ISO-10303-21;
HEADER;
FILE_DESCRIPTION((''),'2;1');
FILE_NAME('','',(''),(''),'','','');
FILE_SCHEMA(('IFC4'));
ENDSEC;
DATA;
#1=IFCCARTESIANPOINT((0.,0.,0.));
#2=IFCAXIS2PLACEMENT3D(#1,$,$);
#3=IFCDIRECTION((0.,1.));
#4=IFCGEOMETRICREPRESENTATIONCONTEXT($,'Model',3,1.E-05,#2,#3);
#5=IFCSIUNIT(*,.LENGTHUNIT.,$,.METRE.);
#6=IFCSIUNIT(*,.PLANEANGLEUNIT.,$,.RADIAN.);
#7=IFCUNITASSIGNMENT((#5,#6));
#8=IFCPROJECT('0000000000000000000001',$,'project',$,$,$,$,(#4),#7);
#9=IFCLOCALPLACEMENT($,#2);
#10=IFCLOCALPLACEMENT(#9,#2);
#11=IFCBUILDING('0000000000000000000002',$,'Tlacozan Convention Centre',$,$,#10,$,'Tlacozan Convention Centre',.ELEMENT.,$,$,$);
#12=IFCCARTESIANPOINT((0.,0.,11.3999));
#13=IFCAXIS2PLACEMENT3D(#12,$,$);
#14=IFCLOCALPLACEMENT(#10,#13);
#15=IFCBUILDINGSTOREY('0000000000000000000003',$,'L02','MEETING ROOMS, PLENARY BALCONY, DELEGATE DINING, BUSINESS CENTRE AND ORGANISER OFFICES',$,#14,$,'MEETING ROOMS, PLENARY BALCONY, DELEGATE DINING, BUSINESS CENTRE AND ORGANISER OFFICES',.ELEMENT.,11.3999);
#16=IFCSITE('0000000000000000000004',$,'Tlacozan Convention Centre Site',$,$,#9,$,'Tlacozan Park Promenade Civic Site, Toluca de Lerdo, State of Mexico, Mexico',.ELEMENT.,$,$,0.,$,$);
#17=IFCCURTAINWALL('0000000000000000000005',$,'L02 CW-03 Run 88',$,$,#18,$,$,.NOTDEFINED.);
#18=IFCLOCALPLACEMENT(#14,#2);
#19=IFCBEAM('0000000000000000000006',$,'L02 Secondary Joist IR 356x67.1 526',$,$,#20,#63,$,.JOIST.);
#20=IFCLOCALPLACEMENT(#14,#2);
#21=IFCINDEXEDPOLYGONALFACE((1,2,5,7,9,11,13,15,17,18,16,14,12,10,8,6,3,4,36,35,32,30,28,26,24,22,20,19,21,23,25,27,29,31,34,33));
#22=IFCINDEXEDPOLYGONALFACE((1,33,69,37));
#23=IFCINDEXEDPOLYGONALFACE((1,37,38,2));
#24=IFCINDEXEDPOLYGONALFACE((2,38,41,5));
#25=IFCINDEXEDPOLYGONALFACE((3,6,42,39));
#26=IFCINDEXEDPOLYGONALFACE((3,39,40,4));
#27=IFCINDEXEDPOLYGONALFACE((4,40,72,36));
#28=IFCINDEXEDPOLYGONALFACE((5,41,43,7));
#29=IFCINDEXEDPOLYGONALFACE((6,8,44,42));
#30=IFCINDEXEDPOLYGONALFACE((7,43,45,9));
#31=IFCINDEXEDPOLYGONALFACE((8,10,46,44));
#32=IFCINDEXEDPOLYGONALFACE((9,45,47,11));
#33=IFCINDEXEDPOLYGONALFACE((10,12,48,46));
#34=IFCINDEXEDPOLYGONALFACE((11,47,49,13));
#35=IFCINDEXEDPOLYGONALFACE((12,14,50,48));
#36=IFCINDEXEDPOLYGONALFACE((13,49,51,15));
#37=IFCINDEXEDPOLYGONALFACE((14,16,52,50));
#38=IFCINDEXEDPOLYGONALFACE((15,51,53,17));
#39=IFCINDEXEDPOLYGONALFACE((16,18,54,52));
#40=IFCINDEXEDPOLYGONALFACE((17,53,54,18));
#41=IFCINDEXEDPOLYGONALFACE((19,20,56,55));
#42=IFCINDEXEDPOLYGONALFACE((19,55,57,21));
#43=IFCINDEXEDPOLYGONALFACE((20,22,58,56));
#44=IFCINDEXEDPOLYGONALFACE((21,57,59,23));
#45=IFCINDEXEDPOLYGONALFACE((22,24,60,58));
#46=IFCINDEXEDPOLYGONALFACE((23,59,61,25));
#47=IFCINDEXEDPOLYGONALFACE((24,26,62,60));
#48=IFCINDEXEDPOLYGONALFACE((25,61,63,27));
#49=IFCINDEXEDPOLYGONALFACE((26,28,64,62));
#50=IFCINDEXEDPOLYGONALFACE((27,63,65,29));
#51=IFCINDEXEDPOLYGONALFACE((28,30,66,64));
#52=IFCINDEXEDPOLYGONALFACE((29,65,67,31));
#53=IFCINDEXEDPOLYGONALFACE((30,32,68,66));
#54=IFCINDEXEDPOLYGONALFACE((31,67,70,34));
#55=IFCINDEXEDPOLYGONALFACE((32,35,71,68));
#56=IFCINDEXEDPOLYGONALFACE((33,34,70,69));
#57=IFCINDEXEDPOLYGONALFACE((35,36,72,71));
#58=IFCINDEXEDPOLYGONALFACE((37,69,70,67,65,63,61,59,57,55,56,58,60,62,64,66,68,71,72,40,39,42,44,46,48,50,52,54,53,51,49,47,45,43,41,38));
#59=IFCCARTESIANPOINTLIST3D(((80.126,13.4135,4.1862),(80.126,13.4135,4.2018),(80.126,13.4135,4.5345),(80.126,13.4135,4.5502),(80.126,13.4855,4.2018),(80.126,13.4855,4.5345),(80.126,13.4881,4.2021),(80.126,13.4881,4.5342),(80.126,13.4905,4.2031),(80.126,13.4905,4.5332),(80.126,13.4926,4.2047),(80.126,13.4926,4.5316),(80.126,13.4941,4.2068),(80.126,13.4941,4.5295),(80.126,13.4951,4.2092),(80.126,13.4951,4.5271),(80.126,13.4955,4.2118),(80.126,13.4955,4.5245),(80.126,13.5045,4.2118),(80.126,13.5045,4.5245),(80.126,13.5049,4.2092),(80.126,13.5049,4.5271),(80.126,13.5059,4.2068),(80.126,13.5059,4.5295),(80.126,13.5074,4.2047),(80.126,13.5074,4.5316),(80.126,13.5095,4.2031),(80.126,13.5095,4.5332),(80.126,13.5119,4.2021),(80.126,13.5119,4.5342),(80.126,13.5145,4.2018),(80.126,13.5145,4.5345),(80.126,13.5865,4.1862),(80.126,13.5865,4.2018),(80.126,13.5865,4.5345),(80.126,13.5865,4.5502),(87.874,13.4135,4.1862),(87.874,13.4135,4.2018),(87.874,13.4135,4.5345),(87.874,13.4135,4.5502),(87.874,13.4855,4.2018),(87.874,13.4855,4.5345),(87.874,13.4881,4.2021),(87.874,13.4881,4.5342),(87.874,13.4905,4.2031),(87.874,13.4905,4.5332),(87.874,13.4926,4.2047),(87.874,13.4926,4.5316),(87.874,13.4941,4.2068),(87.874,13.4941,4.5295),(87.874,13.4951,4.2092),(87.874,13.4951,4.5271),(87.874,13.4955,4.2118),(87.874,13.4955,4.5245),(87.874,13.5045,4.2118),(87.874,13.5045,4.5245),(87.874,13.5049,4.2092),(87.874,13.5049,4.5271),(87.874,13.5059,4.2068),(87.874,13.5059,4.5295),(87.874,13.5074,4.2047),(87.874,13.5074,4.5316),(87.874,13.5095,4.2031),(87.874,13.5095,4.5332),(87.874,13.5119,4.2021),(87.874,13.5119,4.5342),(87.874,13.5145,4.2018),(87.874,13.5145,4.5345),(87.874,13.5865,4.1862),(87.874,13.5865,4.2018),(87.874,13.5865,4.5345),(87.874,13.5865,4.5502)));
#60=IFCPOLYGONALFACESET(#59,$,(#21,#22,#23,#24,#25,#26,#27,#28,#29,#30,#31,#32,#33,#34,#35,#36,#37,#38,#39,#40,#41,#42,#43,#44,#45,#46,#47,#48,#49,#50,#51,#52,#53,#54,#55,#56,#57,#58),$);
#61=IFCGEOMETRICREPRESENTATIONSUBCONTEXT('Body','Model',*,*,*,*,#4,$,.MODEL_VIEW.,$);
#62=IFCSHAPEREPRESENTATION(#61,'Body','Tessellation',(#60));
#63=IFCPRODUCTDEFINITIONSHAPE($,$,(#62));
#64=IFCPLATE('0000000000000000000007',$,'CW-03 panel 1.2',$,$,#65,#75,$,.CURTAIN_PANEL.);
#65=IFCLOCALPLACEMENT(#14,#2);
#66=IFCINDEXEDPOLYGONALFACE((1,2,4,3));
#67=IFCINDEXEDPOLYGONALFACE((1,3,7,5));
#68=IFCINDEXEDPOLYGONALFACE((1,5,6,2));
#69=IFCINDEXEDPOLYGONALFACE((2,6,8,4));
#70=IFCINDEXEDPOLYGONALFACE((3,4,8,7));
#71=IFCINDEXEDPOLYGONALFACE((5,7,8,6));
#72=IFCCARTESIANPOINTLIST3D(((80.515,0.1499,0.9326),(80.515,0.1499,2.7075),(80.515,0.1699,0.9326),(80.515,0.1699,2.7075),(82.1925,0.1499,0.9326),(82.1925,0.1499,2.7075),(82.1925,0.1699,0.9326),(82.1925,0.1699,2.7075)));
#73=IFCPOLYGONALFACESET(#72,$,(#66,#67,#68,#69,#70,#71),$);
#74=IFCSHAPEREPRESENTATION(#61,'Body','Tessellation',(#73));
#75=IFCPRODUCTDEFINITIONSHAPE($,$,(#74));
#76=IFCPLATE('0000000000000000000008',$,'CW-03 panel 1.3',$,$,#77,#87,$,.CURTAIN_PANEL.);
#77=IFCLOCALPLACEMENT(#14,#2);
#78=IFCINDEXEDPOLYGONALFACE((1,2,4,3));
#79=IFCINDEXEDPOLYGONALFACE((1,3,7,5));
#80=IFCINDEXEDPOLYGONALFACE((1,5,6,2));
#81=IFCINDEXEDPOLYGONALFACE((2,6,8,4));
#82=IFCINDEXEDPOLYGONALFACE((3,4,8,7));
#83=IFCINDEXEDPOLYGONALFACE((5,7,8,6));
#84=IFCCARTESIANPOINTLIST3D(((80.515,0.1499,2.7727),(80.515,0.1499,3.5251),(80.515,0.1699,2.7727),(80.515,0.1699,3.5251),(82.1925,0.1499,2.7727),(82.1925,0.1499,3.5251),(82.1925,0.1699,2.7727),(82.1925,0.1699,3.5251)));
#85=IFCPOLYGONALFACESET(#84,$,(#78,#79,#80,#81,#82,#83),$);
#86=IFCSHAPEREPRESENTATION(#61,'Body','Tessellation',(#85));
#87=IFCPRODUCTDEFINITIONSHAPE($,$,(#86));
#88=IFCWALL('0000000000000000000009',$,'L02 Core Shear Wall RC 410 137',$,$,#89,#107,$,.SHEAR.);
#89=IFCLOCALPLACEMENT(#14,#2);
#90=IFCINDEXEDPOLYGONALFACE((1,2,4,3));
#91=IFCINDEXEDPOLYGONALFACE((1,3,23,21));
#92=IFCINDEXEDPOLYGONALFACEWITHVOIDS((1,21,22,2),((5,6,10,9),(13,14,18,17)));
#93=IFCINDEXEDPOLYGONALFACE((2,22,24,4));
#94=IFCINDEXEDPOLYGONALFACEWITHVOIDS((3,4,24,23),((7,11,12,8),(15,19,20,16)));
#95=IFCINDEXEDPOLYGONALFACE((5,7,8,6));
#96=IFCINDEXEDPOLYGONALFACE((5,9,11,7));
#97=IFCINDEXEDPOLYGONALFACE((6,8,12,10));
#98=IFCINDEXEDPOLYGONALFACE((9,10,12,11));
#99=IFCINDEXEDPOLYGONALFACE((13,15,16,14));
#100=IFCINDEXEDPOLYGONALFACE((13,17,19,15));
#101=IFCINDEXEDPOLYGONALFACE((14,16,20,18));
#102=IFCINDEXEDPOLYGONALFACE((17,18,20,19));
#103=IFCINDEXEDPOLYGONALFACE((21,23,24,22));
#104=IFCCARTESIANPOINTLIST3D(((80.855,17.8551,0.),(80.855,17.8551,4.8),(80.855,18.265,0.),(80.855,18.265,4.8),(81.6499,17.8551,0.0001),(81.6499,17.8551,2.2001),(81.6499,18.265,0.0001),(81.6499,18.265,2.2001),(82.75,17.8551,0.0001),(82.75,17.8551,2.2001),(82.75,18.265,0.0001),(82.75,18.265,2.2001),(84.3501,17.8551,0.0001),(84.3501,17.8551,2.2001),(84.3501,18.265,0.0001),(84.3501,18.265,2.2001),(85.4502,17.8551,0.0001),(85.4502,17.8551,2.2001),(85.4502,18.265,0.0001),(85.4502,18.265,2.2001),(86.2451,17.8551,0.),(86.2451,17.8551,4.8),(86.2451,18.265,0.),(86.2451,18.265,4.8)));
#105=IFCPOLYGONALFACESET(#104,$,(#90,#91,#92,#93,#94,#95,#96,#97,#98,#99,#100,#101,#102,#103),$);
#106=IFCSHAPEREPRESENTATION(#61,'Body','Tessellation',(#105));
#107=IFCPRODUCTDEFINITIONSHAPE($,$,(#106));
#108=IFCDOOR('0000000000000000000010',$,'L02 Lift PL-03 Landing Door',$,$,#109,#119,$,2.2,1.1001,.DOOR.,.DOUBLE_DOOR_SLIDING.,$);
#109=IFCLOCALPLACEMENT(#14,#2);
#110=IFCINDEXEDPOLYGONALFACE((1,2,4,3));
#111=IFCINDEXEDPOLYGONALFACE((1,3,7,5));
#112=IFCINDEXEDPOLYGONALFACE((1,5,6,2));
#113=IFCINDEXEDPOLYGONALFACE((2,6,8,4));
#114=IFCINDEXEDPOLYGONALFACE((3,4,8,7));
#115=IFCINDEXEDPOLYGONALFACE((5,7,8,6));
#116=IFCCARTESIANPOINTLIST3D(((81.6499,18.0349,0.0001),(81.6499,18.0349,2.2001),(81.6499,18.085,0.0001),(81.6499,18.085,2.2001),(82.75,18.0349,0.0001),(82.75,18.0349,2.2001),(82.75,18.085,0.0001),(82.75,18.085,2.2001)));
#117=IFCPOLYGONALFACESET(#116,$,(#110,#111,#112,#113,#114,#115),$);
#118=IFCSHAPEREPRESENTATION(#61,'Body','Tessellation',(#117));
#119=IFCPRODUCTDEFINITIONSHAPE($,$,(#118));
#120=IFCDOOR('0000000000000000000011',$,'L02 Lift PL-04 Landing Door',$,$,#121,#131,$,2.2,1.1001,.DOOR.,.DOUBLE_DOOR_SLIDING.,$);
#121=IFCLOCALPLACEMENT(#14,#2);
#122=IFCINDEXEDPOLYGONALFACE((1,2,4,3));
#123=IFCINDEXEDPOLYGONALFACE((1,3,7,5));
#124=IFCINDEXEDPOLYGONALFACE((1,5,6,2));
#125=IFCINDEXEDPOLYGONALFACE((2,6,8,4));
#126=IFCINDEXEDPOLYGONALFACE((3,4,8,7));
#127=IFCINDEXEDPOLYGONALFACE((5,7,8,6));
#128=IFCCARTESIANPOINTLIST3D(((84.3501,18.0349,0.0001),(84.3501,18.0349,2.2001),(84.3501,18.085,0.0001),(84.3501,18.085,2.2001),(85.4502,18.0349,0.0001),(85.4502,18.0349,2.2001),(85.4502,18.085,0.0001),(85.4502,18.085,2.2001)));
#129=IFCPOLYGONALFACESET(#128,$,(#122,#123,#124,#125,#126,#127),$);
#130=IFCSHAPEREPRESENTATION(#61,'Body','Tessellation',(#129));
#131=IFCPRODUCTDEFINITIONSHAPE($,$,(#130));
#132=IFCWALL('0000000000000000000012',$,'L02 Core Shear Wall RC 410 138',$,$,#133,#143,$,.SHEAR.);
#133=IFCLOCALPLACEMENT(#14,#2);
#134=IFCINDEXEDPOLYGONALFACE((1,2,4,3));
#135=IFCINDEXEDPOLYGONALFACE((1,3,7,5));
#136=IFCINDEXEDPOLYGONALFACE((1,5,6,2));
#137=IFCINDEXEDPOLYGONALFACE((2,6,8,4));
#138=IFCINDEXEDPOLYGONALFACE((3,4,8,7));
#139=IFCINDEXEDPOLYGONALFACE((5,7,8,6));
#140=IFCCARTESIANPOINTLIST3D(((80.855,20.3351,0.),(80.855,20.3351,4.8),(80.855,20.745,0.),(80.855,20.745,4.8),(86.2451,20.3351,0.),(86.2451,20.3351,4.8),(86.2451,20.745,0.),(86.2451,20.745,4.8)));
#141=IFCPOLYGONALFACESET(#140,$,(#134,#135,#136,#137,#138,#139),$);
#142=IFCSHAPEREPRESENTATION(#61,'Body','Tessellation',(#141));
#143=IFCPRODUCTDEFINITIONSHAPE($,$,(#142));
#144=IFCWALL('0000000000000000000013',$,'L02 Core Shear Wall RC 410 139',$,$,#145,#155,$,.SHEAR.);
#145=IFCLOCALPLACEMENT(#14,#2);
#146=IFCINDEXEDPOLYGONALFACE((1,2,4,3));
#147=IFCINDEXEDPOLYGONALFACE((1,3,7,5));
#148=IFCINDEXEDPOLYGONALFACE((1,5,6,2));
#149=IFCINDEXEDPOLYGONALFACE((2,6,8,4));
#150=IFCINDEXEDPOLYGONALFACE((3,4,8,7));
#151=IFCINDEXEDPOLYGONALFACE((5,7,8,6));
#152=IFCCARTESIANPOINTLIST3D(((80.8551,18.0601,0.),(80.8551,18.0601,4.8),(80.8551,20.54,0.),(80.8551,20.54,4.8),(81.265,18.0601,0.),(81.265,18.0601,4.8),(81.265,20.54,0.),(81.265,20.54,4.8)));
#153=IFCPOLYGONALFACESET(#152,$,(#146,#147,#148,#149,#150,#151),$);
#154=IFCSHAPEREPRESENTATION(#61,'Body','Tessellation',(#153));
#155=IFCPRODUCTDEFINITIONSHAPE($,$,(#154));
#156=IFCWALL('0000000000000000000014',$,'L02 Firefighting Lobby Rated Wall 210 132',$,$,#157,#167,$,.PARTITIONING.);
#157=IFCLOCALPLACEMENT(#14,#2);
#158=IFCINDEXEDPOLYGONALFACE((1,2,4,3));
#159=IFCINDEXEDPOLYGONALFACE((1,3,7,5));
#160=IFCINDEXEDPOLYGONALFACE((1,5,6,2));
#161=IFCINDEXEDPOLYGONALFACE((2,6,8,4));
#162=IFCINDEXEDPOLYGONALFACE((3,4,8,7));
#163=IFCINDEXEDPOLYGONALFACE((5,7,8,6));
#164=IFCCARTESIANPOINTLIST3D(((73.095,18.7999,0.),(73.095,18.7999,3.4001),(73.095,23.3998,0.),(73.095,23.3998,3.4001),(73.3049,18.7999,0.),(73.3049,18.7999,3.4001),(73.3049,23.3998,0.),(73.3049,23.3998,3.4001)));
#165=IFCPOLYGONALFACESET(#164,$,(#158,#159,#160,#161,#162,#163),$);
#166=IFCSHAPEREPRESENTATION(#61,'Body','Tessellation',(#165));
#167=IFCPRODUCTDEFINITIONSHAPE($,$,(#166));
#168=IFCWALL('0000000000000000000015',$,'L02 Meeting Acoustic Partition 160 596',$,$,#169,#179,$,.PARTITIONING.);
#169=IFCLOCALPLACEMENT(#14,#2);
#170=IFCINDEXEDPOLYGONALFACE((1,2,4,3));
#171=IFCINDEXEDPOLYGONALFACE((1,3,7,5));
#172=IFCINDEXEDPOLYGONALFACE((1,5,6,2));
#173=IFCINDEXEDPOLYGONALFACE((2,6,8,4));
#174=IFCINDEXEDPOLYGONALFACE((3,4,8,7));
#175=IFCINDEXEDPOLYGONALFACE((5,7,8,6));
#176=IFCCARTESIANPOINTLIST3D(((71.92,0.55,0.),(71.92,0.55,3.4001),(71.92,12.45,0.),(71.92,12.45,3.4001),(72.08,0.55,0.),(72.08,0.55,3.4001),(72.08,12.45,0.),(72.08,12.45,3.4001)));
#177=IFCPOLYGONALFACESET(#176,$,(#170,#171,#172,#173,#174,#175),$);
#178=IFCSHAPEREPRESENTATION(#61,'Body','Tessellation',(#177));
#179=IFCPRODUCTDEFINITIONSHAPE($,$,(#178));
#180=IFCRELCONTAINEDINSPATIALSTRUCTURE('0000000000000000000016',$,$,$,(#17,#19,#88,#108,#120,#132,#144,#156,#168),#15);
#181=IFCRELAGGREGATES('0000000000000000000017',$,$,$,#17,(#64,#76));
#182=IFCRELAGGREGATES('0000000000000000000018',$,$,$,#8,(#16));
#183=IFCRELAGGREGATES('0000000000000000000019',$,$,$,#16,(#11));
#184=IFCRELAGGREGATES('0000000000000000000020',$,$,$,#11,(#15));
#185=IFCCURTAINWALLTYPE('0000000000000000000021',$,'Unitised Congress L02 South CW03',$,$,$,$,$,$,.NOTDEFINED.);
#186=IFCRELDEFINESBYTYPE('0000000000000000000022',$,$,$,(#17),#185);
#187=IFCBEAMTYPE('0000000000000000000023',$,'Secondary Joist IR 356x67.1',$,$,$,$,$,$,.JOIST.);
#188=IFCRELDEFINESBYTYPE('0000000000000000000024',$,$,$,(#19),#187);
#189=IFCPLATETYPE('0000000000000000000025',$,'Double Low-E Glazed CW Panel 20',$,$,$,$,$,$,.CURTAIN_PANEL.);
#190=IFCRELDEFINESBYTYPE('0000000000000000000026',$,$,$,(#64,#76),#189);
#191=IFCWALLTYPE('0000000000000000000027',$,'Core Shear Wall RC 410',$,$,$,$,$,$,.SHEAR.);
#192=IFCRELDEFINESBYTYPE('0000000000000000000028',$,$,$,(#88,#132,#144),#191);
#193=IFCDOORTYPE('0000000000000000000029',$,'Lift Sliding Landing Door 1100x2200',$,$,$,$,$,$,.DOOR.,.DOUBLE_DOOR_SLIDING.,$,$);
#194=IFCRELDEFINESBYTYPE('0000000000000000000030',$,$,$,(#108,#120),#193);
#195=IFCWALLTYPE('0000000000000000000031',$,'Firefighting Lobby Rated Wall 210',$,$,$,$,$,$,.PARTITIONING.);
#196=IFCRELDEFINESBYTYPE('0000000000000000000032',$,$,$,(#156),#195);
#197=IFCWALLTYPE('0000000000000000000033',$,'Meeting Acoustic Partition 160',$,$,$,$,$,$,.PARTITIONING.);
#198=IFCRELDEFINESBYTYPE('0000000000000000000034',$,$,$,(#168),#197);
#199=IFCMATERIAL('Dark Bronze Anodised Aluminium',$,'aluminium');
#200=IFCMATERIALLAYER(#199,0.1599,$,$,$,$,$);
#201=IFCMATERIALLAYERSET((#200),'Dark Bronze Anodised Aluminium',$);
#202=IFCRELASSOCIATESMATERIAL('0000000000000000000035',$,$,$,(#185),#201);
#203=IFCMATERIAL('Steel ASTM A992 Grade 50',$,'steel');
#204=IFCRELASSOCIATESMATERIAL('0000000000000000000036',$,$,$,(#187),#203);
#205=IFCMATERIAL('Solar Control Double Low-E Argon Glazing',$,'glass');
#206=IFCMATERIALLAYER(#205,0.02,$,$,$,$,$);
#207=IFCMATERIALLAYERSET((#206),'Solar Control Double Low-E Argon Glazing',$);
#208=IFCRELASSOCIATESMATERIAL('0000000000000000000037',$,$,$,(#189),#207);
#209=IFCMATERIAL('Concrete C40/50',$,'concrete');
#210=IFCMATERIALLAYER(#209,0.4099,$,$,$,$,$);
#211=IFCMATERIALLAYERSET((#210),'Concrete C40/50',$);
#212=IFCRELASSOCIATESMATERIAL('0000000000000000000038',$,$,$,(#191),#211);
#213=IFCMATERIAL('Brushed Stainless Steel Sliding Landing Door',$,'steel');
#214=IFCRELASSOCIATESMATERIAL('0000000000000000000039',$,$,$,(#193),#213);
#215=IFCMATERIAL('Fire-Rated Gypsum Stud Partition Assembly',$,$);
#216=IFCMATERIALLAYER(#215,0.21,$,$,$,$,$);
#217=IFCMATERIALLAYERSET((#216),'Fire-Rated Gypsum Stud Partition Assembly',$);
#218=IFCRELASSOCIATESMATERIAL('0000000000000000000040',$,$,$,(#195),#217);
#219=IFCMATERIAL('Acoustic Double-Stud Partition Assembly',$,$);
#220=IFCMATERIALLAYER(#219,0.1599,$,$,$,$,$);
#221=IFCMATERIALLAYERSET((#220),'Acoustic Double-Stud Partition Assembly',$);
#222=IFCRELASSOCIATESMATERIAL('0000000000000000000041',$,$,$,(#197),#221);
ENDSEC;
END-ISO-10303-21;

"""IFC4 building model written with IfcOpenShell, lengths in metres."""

from ifc_helpers import new_model, si_unit, direction, frame, frame_2d, origin, origin_2d, place, context, subcontext, project, spatial, rectangle, i_section, extrude, material, layer, layer_set, material_profile, profile_set, type_object, element, fill, aggregate, save


model = new_model("IFC4")

# Units and contexts
model_context = context("Model", 3, precision=1e-05, world=origin(), true_north=direction((0.0, 1.0)))
body_context = subcontext(model_context, "Body", "Model", "MODEL_VIEW")
ifc_project = project(units=[si_unit("LENGTHUNIT", "METRE"), si_unit("PLANEANGLEUNIT", "RADIAN")], contexts=[model_context])

# Site, building, storey
site_placement = place(None, origin())
site = spatial("IfcSite", under=ifc_project, at=site_placement, Name="Tlacozan Convention Centre Site", LongName="Tlacozan Park Promenade Civic Site, Toluca de Lerdo, State of Mexico, Mexico", CompositionType="ELEMENT", RefElevation=0.0)
building_placement = place(site_placement, origin())
building = spatial("IfcBuilding", under=site, at=building_placement, Name="Tlacozan Convention Centre", LongName="Tlacozan Convention Centre", CompositionType="ELEMENT")
storey_placement = place(building_placement, frame((0.0, 0.0, 11.3999)))
storey = spatial("IfcBuildingStorey", under=building, at=storey_placement, Name="L02", Description="MEETING ROOMS, PLENARY BALCONY, DELEGATE DINING, BUSINESS CENTRE AND ORGANISER OFFICES", LongName="MEETING ROOMS, PLENARY BALCONY, DELEGATE DINING, BUSINESS CENTRE AND ORGANISER OFFICES", CompositionType="ELEMENT", Elevation=11.3999)

# Shared definitions
ifc_material_1 = material(Name="Concrete C40/50", Category="concrete")

# Curtain wall
ifc_material_2 = material(Name="Dark Bronze Anodised Aluminium", Category="aluminium")
ifc_layer_1 = layer(ifc_material_2, 0.1599)
ifc_layer_set_1 = layer_set([ifc_layer_1], Name="Dark Bronze Anodised Aluminium")
curtain_wall_type = type_object("IfcCurtainWallType", Name="Unitised Congress L02 South CW03", PredefinedType="NOTDEFINED", material=ifc_layer_set_1)
curtain_wall_placement = place(storey_placement, origin())
curtain_wall = element("IfcCurtainWall", 1, at=curtain_wall_placement, inside=storey, type_object=curtain_wall_type, Name="L02 CW-03 Run 88", PredefinedType="NOTDEFINED")

# Beam
ifc_material_3 = material(Name="Steel ASTM A992 Grade 50", Category="steel")
ifc_material_profile_1 = material_profile(ifc_material_3, i_section(OverallWidth=0.1731, OverallDepth=0.364, WebThickness=0.009, FlangeThickness=0.0156, FilletRadius=0.01, at=origin_2d()), Name="IR 356x67.1")
ifc_profile_set_1 = profile_set([ifc_material_profile_1], Name="Steel ASTM A992 Grade 50")
beam_type_1 = type_object("IfcBeamType", Name="Secondary Joist IR 356x67.1", PredefinedType="JOIST", material=ifc_profile_set_1)
for number, where, z_axis, x_axis, name in (
    (2, (80.126, 13.5, 4.3682), (1.0, 0.0, 0.0), (0.0, 1.0, 0.0), "L02 Secondary Joist IR 356x67.1 526"),
):
    element("IfcBeam", number, at=place(storey_placement, frame(where, z_axis=z_axis, x_axis=x_axis)), inside=storey, type_object=beam_type_1, Name=name, PredefinedType="JOIST", context=body_context, shape_type="SweptSolid", body=[
        extrude(i_section(OverallWidth=0.1731, OverallDepth=0.364, WebThickness=0.009, FlangeThickness=0.0156, FilletRadius=0.01, at=origin_2d()), origin(), (0.0, 0.0, 1.0), 7.748),
    ])

# Plates
ifc_material_4 = material(Name="Solar Control Double Low-E Argon Glazing", Category="glass")
ifc_layer_2 = layer(ifc_material_4, 0.02)
ifc_layer_set_2 = layer_set([ifc_layer_2], Name="Solar Control Double Low-E Argon Glazing")
plate_type = type_object("IfcPlateType", Name="Double Low-E Glazed CW Panel 20", PredefinedType="CURTAIN_PANEL", material=ifc_layer_set_2)
plate_1_placement = place(storey_placement, frame((81.3538, 0.1599, 0.9326), z_axis=(0.0, 0.0, 1.0), x_axis=(1.0, 0.0, 0.0)))
plate_1 = element("IfcPlate", 3, at=plate_1_placement, type_object=plate_type, Name="CW-03 panel 1.2", PredefinedType="CURTAIN_PANEL", context=body_context, shape_type="SweptSolid", body=[
    extrude(rectangle(XDim=1.6775, YDim=0.02, at=origin_2d()), origin(), (0.0, 0.0, 1.0), 1.7749),
])
plate_2_placement = place(storey_placement, frame((81.3538, 0.1599, 2.7727), z_axis=(0.0, 0.0, 1.0), x_axis=(1.0, 0.0, 0.0)))
plate_2 = element("IfcPlate", 4, at=plate_2_placement, type_object=plate_type, Name="CW-03 panel 1.3", PredefinedType="CURTAIN_PANEL", context=body_context, shape_type="SweptSolid", body=[
    extrude(rectangle(XDim=1.6775, YDim=0.02, at=origin_2d()), origin(), (0.0, 0.0, 1.0), 0.7524),
])
aggregate(curtain_wall, [plate_1, plate_2])

# Wall, openings, doors
ifc_layer_3 = layer(ifc_material_1, 0.4099)
ifc_layer_set_3 = layer_set([ifc_layer_3], Name="Concrete C40/50")
wall_type_1 = type_object("IfcWallType", Name="Core Shear Wall RC 410", PredefinedType="SHEAR", material=ifc_layer_set_3)
wall_1_placement = place(storey_placement, frame((80.855, 18.0601, 0.0), z_axis=(0.0, 0.0, 1.0), x_axis=(1.0, 0.0, 0.0)))
wall_1 = element("IfcWall", 5, at=wall_1_placement, inside=storey, type_object=wall_type_1, Name="L02 Core Shear Wall RC 410 137", PredefinedType="SHEAR", context=body_context, shape_type="SweptSolid", body=[
    extrude(rectangle(XDim=5.3901, YDim=0.4099, at=frame_2d((2.6951, 0.0))), origin(), (0.0, 0.0, 1.0), 4.8),
])
opening_1_placement = place(wall_1_placement, frame((0.7949, 0.0, 0.0)))
opening_1 = element("IfcOpeningElement", 6, at=opening_1_placement, cuts=wall_1, PredefinedType="OPENING", context=body_context, shape_type="SweptSolid", body=[
    extrude(rectangle(XDim=1.1001, YDim=2.2, at=frame_2d((0.55, 1.1001))), frame((0.0, 0.2148, 0.0), z_axis=(0.0, -1.0, 0.0), x_axis=(1.0, 0.0, 0.0)), (0.0, 0.0, 1.0), 0.4299),
])
opening_2_placement = place(wall_1_placement, frame((3.4951, 0.0, 0.0)))
opening_2 = element("IfcOpeningElement", 7, at=opening_2_placement, cuts=wall_1, PredefinedType="OPENING", context=body_context, shape_type="SweptSolid", body=[
    extrude(rectangle(XDim=1.1001, YDim=2.2, at=frame_2d((0.55, 1.1001))), frame((0.0, 0.2148, 0.0), z_axis=(0.0, -1.0, 0.0), x_axis=(1.0, 0.0, 0.0)), (0.0, 0.0, 1.0), 0.4299),
])
ifc_material_5 = material(Name="Brushed Stainless Steel Sliding Landing Door", Category="steel")
door_type_1 = type_object("IfcDoorType", Name="Lift Sliding Landing Door 1100x2200", OperationType="DOUBLE_DOOR_SLIDING", PredefinedType="DOOR", material=ifc_material_5)
door_1_placement = place(opening_1_placement, origin())
door_1 = element("IfcDoor", 8, at=door_1_placement, inside=storey, type_object=door_type_1, Name="L02 Lift PL-03 Landing Door", OperationType="DOUBLE_DOOR_SLIDING", OverallHeight=2.2, OverallWidth=1.1001, PredefinedType="DOOR", context=body_context, shape_type="SweptSolid", body=[
    extrude(rectangle(XDim=1.1001, YDim=2.2, at=frame_2d((0.55, 1.1001))), frame((0.0, 0.0249, 0.0), z_axis=(0.0, -1.0, 0.0), x_axis=(1.0, 0.0, 0.0)), (0.0, 0.0, 1.0), 0.05),
])
fill(opening_1, door_1)
door_2_placement = place(opening_2_placement, origin())
door_2 = element("IfcDoor", 9, at=door_2_placement, inside=storey, type_object=door_type_1, Name="L02 Lift PL-04 Landing Door", OperationType="DOUBLE_DOOR_SLIDING", OverallHeight=2.2, OverallWidth=1.1001, PredefinedType="DOOR", context=body_context, shape_type="SweptSolid", body=[
    extrude(rectangle(XDim=1.1001, YDim=2.2, at=frame_2d((0.55, 1.1001))), frame((0.0, 0.0249, 0.0), z_axis=(0.0, -1.0, 0.0), x_axis=(1.0, 0.0, 0.0)), (0.0, 0.0, 1.0), 0.05),
])
fill(opening_2, door_2)

# Walls
wall_2_placement = place(storey_placement, frame((80.855, 20.54, 0.0), z_axis=(0.0, 0.0, 1.0), x_axis=(1.0, 0.0, 0.0)))
element("IfcWall", 10, at=wall_2_placement, inside=storey, type_object=wall_type_1, Name="L02 Core Shear Wall RC 410 138", PredefinedType="SHEAR", context=body_context, shape_type="SweptSolid", body=[
    extrude(rectangle(XDim=5.3901, YDim=0.4099, at=frame_2d((2.6951, 0.0))), origin(), (0.0, 0.0, 1.0), 4.8),
])
wall_3_placement = place(storey_placement, frame((81.0601, 18.0601, 0.0), z_axis=(0.0, 0.0, 1.0), x_axis=(0.0, 1.0, 0.0)))
element("IfcWall", 11, at=wall_3_placement, inside=storey, type_object=wall_type_1, Name="L02 Core Shear Wall RC 410 139", PredefinedType="SHEAR", context=body_context, shape_type="SweptSolid", body=[
    extrude(rectangle(XDim=2.48, YDim=0.4099, at=frame_2d((1.24, 0.0))), origin(), (0.0, 0.0, 1.0), 4.8),
])

# Shared definitions
ifc_material_6 = material(Name="Fire-Rated Gypsum Stud Partition Assembly")
ifc_layer_4 = layer(ifc_material_6, 0.21)
ifc_layer_set_4 = layer_set([ifc_layer_4], Name="Fire-Rated Gypsum Stud Partition Assembly")
wall_type_2 = type_object("IfcWallType", Name="Firefighting Lobby Rated Wall 210", PredefinedType="PARTITIONING", material=ifc_layer_set_4)

# Walls
wall_4_placement = place(storey_placement, frame((73.2, 18.8, 0.0), z_axis=(0.0, 0.0, 1.0), x_axis=(0.0, 1.0, 0.0)))
element("IfcWall", 12, at=wall_4_placement, inside=storey, type_object=wall_type_2, Name="L02 Firefighting Lobby Rated Wall 210 132", PredefinedType="PARTITIONING", context=body_context, shape_type="SweptSolid", body=[
    extrude(rectangle(XDim=4.5999, YDim=0.21, at=frame_2d((2.2998, 0.0))), origin(), (0.0, 0.0, 1.0), 3.4001),
])
ifc_material_7 = material(Name="Acoustic Double-Stud Partition Assembly")
ifc_layer_5 = layer(ifc_material_7, 0.1599)
ifc_layer_set_5 = layer_set([ifc_layer_5], Name="Acoustic Double-Stud Partition Assembly")
wall_type_3 = type_object("IfcWallType", Name="Meeting Acoustic Partition 160", PredefinedType="PARTITIONING", material=ifc_layer_set_5)
wall_5_placement = place(storey_placement, frame((72.0, 0.55, 0.0), z_axis=(0.0, 0.0, 1.0), x_axis=(0.0, 1.0, 0.0)))
element("IfcWall", 13, at=wall_5_placement, inside=storey, type_object=wall_type_3, Name="L02 Meeting Acoustic Partition 160 596", PredefinedType="PARTITIONING", context=body_context, shape_type="SweptSolid", body=[
    extrude(rectangle(XDim=11.8999, YDim=0.1599, at=frame_2d((5.95, 0.0))), origin(), (0.0, 0.0, 1.0), 3.4001),
])

save(model, "model.ifc")
